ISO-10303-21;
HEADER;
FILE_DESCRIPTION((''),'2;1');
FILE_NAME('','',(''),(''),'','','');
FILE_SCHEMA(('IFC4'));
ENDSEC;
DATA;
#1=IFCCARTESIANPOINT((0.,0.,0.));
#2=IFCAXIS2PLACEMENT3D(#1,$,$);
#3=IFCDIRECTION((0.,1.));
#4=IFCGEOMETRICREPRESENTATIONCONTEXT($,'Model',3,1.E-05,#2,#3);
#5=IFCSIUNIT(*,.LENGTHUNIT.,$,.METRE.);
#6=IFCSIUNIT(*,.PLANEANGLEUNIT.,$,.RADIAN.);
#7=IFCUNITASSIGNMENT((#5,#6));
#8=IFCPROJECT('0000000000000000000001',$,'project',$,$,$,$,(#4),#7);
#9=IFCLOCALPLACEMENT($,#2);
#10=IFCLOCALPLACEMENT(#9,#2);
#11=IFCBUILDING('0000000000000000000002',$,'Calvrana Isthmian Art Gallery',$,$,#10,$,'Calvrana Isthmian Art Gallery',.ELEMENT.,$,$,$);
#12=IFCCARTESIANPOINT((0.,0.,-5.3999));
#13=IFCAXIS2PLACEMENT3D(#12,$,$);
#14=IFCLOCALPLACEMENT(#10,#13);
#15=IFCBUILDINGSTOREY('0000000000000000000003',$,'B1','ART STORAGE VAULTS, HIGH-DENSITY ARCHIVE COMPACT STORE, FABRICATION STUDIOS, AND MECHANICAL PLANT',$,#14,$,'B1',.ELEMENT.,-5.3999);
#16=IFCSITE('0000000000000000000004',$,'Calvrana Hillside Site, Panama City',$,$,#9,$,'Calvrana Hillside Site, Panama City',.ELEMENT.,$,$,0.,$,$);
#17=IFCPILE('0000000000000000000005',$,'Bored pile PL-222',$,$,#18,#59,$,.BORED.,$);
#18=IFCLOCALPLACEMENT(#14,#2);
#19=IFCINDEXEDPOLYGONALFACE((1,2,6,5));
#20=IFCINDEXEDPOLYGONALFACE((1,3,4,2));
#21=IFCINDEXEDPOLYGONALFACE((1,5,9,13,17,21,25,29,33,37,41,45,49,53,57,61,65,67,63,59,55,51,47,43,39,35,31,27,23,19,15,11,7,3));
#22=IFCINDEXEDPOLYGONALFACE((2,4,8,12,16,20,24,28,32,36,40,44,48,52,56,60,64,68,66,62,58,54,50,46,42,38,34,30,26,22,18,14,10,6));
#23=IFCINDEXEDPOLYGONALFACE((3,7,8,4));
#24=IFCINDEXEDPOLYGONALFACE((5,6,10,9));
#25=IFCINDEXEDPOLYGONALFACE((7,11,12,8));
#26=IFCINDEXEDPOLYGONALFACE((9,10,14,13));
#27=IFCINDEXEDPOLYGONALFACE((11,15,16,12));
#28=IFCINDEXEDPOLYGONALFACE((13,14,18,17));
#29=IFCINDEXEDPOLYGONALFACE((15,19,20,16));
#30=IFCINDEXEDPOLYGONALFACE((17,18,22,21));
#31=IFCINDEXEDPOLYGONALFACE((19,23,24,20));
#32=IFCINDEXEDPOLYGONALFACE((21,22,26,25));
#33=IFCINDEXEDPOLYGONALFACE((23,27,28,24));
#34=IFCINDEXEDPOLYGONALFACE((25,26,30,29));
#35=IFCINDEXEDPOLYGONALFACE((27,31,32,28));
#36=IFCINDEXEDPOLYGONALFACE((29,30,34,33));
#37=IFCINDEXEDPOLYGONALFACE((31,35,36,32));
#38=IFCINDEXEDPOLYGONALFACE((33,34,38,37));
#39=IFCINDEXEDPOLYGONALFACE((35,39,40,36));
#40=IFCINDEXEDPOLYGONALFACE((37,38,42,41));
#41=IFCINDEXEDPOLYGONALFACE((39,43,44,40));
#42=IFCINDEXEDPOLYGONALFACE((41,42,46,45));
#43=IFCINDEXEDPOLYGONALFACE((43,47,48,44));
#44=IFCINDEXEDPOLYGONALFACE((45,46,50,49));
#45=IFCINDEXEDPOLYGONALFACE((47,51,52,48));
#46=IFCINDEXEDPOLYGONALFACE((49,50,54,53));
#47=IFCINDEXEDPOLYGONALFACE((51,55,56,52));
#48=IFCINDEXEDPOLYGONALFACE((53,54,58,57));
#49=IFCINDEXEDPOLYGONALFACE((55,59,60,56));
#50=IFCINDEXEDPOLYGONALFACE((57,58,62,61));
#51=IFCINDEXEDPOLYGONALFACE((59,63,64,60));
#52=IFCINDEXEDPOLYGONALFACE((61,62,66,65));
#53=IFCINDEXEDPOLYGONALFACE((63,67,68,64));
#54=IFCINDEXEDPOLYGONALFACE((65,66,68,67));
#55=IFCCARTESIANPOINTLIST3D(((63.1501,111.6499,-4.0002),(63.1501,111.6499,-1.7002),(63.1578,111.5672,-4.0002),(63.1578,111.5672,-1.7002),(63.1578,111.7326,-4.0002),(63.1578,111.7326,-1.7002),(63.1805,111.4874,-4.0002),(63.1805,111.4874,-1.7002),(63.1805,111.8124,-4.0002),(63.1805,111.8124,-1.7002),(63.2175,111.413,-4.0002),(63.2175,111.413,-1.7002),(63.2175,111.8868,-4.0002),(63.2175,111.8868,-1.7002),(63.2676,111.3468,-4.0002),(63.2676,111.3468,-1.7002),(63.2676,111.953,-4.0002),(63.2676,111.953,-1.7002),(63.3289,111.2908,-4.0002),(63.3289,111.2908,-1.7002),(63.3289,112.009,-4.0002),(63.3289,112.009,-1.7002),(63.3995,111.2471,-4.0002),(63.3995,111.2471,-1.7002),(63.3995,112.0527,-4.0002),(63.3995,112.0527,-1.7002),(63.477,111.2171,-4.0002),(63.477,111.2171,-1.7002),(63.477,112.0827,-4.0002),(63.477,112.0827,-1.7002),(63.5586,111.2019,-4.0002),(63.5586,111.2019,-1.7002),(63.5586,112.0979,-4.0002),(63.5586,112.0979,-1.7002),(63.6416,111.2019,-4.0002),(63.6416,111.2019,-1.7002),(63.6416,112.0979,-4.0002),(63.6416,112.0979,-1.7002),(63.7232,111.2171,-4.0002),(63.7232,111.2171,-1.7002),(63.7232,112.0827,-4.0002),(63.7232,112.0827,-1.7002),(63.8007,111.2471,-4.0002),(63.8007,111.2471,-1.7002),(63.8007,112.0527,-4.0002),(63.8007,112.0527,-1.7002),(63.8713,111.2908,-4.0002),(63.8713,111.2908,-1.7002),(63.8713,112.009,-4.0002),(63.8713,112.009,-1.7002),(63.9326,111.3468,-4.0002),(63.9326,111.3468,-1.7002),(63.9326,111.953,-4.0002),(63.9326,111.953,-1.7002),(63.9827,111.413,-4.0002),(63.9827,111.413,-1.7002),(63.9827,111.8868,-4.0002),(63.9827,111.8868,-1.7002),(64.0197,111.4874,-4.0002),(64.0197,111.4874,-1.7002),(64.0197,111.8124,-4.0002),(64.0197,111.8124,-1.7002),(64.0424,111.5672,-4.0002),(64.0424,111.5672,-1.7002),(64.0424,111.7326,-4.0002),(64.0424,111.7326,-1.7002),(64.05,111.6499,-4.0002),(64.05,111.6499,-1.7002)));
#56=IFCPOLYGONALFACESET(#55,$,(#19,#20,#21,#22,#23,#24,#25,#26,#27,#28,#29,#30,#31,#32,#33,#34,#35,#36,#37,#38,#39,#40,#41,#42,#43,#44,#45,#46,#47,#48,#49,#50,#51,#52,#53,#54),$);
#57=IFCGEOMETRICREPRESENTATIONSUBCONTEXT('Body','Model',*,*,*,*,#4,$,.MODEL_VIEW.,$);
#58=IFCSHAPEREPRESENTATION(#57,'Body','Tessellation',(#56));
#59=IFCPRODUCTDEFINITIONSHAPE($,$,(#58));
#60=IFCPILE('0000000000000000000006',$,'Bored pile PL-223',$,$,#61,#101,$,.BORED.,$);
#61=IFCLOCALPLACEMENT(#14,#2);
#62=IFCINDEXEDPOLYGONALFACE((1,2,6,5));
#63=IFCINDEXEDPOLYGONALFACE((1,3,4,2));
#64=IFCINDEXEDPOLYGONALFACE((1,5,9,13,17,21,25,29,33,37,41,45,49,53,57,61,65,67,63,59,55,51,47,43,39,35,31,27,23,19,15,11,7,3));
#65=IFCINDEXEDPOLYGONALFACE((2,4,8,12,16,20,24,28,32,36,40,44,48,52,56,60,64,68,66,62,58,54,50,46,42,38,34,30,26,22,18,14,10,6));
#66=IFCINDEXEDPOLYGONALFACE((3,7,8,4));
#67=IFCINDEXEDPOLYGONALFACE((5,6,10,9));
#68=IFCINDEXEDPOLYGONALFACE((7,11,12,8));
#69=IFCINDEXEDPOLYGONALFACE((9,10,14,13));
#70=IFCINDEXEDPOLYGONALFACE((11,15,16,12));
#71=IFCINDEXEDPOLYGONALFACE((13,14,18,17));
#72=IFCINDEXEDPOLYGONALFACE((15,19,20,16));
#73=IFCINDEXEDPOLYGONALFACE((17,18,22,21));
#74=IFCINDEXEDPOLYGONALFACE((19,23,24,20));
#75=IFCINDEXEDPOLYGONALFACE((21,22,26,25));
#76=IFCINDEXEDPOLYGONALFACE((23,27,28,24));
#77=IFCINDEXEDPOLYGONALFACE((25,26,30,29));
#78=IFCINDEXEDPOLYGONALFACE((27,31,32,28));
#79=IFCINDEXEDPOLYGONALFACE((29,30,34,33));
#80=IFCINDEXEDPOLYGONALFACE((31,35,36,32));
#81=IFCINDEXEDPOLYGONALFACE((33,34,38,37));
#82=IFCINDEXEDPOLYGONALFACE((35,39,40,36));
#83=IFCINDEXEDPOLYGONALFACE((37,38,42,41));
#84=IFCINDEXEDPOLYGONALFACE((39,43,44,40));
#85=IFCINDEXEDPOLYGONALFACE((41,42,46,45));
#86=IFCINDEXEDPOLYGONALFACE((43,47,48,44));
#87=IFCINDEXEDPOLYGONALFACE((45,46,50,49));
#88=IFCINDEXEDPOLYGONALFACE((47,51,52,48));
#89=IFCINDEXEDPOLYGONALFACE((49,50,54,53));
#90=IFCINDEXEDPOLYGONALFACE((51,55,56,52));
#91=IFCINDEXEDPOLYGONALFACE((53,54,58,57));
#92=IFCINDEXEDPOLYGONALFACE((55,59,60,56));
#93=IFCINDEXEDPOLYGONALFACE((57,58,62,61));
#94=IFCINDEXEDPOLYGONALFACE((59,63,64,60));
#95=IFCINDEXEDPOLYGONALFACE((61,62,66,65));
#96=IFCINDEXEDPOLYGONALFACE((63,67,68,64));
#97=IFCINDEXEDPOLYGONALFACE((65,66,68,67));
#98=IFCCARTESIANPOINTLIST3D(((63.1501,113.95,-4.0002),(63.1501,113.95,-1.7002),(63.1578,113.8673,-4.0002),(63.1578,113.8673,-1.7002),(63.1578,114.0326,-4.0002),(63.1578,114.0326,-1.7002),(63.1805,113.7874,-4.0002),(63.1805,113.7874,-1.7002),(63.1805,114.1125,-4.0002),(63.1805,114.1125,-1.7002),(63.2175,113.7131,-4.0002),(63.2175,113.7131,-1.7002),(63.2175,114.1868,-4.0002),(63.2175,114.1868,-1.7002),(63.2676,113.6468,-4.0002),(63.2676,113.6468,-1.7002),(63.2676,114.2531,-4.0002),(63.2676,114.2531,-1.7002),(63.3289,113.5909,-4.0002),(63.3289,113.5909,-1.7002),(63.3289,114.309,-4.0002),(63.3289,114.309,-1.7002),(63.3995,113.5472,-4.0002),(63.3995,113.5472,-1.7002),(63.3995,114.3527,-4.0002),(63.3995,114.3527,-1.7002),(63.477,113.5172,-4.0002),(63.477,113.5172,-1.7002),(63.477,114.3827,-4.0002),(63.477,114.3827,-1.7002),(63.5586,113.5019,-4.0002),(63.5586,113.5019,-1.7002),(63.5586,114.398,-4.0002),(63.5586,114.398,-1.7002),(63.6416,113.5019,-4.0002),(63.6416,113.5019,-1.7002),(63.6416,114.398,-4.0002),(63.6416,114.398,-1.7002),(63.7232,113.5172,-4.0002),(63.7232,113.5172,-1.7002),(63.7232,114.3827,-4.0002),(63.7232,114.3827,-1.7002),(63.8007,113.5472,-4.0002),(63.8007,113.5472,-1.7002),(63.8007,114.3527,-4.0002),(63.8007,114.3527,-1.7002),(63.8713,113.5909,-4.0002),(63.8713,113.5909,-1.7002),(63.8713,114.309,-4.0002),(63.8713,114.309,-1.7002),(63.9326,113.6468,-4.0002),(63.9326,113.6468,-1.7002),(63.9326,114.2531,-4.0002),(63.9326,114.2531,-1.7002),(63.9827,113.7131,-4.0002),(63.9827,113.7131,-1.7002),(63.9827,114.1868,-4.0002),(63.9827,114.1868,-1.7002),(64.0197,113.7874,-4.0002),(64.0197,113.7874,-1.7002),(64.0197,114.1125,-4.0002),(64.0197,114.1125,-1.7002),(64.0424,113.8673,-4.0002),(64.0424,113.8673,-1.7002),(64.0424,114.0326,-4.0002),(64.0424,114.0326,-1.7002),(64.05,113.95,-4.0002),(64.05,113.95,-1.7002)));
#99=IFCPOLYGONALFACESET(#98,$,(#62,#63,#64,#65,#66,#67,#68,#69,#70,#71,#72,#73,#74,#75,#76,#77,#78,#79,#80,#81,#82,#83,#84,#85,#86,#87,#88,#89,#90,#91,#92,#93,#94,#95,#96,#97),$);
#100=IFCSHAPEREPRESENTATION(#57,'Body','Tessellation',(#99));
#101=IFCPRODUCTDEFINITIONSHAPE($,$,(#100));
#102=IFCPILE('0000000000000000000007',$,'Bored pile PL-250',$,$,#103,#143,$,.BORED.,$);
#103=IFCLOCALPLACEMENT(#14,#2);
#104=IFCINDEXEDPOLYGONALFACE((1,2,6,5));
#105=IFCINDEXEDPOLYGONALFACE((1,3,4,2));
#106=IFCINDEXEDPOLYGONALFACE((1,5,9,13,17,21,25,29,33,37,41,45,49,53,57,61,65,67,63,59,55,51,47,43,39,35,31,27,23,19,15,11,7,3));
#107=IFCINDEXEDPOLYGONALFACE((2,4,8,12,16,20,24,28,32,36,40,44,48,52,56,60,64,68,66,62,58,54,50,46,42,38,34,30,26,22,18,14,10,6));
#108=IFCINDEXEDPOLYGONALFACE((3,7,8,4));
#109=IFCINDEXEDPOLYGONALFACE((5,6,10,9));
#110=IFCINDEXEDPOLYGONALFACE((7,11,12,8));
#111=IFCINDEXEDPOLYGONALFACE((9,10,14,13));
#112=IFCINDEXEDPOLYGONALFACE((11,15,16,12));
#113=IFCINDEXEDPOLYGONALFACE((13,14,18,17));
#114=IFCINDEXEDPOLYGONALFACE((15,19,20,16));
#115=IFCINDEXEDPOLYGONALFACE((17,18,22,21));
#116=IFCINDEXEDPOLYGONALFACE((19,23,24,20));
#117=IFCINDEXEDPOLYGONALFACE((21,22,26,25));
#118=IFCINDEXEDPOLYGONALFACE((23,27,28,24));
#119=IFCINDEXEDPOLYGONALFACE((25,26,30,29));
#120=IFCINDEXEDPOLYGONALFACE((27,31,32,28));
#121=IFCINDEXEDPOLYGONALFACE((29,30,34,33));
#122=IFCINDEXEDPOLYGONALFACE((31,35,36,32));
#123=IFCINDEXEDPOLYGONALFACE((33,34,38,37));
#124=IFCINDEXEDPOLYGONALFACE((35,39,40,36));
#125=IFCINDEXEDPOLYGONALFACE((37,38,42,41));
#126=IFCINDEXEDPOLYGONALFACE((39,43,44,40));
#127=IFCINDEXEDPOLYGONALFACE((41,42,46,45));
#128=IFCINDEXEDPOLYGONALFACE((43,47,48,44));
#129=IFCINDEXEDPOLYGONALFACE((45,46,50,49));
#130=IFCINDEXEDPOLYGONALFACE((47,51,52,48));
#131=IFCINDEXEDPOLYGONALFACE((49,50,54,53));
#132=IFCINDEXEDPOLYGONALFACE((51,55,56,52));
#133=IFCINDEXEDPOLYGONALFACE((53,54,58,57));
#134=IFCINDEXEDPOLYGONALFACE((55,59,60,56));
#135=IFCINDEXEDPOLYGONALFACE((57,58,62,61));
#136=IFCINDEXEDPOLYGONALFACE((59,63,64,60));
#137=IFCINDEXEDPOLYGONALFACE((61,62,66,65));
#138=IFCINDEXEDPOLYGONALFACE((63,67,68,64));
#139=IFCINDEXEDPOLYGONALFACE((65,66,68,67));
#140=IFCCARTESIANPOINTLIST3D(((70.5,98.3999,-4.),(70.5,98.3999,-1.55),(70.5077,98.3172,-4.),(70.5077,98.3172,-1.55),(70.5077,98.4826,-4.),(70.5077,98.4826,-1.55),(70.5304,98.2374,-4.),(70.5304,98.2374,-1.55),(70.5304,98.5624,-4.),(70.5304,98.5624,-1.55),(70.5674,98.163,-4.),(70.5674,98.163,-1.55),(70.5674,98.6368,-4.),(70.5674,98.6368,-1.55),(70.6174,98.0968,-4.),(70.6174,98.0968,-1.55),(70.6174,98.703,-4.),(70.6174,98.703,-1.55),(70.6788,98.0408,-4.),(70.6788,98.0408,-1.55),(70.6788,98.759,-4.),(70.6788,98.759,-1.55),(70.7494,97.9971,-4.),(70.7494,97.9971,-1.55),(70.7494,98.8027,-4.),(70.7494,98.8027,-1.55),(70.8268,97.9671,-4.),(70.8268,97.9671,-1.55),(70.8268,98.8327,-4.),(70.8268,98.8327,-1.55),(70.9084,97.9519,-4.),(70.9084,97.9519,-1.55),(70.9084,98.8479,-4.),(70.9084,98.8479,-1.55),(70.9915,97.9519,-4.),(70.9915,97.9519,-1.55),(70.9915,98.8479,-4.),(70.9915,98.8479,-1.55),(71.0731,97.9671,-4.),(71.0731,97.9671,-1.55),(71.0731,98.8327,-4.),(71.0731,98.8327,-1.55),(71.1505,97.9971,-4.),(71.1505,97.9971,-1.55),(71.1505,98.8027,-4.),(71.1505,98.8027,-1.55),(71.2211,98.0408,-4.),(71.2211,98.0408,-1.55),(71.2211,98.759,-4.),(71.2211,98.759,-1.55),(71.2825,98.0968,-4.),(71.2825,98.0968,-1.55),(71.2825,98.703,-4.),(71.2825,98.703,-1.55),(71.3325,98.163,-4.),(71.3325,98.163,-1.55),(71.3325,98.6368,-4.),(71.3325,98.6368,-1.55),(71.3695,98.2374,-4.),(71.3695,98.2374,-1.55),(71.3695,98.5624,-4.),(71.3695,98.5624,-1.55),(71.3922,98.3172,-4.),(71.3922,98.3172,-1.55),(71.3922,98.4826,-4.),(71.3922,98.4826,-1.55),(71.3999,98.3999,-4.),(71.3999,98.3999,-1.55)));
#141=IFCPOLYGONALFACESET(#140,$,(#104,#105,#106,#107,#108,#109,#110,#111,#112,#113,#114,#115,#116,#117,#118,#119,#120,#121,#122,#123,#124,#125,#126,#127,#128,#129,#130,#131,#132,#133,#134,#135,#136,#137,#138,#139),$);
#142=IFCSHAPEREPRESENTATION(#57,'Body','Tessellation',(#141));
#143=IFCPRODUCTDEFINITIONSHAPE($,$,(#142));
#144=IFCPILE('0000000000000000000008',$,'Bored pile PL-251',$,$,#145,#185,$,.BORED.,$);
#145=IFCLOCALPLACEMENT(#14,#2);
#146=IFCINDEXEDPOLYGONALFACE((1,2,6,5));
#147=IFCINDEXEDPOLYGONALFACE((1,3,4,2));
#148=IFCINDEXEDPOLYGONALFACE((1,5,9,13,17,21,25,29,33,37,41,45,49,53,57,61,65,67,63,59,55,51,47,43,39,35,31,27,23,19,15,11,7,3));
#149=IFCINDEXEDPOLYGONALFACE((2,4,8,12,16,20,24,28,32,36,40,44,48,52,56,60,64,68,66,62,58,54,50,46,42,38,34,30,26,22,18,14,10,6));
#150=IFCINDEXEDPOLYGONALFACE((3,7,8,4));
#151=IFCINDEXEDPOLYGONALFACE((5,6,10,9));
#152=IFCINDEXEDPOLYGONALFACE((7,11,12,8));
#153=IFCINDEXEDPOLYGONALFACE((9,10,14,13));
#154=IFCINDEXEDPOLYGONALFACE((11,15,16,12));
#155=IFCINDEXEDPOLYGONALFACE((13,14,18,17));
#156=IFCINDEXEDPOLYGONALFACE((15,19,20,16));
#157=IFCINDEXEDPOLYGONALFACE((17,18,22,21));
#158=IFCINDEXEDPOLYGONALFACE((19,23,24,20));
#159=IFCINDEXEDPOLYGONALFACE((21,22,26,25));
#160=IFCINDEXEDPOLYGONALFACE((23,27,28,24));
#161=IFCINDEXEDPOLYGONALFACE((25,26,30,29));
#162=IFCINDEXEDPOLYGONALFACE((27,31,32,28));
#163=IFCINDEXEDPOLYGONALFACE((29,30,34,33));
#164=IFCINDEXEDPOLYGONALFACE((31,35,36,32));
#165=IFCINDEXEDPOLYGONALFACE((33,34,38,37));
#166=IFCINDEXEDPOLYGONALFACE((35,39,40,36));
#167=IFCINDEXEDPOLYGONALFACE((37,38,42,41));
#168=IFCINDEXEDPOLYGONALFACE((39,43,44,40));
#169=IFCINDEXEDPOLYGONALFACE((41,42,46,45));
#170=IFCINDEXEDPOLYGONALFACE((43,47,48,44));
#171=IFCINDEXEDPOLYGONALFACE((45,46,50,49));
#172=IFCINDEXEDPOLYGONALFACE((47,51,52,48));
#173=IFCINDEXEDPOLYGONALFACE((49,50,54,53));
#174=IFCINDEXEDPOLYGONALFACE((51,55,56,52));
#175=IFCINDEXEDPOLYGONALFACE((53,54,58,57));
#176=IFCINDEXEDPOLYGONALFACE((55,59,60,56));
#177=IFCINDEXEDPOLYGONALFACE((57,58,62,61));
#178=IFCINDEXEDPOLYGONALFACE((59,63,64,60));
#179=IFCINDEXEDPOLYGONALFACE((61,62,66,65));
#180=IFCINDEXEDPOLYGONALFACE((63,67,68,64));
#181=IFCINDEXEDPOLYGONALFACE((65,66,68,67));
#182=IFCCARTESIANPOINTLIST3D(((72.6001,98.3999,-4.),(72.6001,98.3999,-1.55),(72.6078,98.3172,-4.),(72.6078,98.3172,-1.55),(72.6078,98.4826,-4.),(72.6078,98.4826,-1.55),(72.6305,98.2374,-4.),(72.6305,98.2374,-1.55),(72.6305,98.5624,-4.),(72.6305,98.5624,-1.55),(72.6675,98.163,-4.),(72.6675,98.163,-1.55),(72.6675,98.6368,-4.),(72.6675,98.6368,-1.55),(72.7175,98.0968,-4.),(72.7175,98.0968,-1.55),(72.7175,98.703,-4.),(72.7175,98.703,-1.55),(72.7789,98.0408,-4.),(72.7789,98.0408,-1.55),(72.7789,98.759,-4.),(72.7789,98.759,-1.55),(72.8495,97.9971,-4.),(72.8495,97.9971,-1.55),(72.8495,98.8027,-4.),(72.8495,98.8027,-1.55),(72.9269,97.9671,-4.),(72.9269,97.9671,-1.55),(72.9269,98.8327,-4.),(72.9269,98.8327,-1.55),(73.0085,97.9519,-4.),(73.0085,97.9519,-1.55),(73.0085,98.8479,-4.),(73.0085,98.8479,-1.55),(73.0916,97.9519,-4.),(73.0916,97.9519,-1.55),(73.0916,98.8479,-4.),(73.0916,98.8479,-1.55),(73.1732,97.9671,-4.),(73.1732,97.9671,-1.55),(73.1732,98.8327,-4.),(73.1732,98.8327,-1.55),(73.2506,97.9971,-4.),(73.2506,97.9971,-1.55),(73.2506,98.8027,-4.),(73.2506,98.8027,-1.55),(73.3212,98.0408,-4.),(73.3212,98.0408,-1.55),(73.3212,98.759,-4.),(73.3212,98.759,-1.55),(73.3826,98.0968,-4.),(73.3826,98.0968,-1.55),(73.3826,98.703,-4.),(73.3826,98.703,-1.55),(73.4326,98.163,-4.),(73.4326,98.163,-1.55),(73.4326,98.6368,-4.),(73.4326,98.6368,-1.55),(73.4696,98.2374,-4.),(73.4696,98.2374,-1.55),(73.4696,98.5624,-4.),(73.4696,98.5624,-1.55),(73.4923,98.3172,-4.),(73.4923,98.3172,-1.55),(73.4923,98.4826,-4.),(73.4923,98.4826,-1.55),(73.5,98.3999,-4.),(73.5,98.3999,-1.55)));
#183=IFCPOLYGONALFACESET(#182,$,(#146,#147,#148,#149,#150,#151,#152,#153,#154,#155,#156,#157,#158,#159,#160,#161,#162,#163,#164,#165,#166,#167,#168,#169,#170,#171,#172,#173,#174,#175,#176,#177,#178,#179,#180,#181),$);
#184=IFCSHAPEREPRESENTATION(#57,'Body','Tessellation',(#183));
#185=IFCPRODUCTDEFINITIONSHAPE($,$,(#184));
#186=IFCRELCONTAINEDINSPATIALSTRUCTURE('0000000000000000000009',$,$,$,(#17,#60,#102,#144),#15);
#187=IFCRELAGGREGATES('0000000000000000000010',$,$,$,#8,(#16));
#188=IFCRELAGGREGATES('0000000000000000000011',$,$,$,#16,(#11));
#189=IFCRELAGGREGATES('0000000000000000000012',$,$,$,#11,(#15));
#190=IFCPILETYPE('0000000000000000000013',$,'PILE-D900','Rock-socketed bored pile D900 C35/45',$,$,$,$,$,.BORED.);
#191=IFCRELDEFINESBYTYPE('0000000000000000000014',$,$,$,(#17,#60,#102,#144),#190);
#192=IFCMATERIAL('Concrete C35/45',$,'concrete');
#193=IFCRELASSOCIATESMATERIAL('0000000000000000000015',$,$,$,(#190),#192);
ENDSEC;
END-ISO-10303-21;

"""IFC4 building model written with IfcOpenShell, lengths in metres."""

from ifc_helpers import new_model, si_unit, direction, frame, origin, origin_2d, place, context, subcontext, project, spatial, circle, extrude, material, material_profile, profile_set, type_object, element, save


model = new_model("IFC4")

# Units and contexts
model_context = context("Model", 3, precision=1e-05, world=origin(), true_north=direction((0.0, 1.0)))
body_context = subcontext(model_context, "Body", "Model", "MODEL_VIEW")
ifc_project = project(units=[si_unit("LENGTHUNIT", "METRE"), si_unit("PLANEANGLEUNIT", "RADIAN")], contexts=[model_context])

# Site, building, storey
site_placement = place(None, origin())
site = spatial("IfcSite", under=ifc_project, at=site_placement, Name="Calvrana Hillside Site, Panama City", LongName="Calvrana Hillside Site, Panama City", CompositionType="ELEMENT", RefElevation=0.0)
building_placement = place(site_placement, origin())
building = spatial("IfcBuilding", under=site, at=building_placement, Name="Calvrana Isthmian Art Gallery", LongName="Calvrana Isthmian Art Gallery", CompositionType="ELEMENT")
storey_placement = place(building_placement, frame((0.0, 0.0, -5.3999)))
storey = spatial("IfcBuildingStorey", under=building, at=storey_placement, Name="B1", Description="ART STORAGE VAULTS, HIGH-DENSITY ARCHIVE COMPACT STORE, FABRICATION STUDIOS, AND MECHANICAL PLANT", LongName="B1", CompositionType="ELEMENT", Elevation=-5.3999)

# Shared definitions
ifc_material_1 = material(Name="Concrete C35/45", Category="concrete")

# Piles
ifc_material_profile_1 = material_profile(ifc_material_1, circle(Radius=0.45, at=origin_2d()), Name="PILE900D")
ifc_profile_set_1 = profile_set([ifc_material_profile_1], Name="Concrete C35/45")
pile_type_1 = type_object("IfcPileType", Name="PILE-D900", Description="Rock-socketed bored pile D900 C35/45", PredefinedType="BORED", material=ifc_profile_set_1)
for number, where, z_axis, x_axis, name in (
    (1, (63.6001, 111.6499, -1.7002), (0.0, 0.0, -1.0), (1.0, 0.0, 0.0), "Bored pile PL-222"),
    (2, (63.6001, 113.95, -1.7002), (0.0, 0.0, -1.0), (1.0, 0.0, 0.0), "Bored pile PL-223"),
):
    element("IfcPile", number, at=place(storey_placement, frame(where, z_axis=z_axis, x_axis=x_axis)), inside=storey, type_object=pile_type_1, Name=name, PredefinedType="BORED", context=body_context, shape_type="SweptSolid", body=[
        extrude(circle(Radius=0.45, at=origin_2d()), origin(), (0.0, 0.0, 1.0), 2.3),
    ])
for number, where, z_axis, x_axis, name in (
    (3, (70.95, 98.3999, -1.55), (0.0, 0.0, -1.0), (1.0, 0.0, 0.0), "Bored pile PL-250"),
    (4, (73.05, 98.3999, -1.55), (0.0, 0.0, -1.0), (1.0, 0.0, 0.0), "Bored pile PL-251"),
):
    element("IfcPile", number, at=place(storey_placement, frame(where, z_axis=z_axis, x_axis=x_axis)), inside=storey, type_object=pile_type_1, Name=name, PredefinedType="BORED", context=body_context, shape_type="SweptSolid", body=[
        extrude(circle(Radius=0.45, at=origin_2d()), origin(), (0.0, 0.0, 1.0), 2.45),
    ])

save(model, "model.ifc")
